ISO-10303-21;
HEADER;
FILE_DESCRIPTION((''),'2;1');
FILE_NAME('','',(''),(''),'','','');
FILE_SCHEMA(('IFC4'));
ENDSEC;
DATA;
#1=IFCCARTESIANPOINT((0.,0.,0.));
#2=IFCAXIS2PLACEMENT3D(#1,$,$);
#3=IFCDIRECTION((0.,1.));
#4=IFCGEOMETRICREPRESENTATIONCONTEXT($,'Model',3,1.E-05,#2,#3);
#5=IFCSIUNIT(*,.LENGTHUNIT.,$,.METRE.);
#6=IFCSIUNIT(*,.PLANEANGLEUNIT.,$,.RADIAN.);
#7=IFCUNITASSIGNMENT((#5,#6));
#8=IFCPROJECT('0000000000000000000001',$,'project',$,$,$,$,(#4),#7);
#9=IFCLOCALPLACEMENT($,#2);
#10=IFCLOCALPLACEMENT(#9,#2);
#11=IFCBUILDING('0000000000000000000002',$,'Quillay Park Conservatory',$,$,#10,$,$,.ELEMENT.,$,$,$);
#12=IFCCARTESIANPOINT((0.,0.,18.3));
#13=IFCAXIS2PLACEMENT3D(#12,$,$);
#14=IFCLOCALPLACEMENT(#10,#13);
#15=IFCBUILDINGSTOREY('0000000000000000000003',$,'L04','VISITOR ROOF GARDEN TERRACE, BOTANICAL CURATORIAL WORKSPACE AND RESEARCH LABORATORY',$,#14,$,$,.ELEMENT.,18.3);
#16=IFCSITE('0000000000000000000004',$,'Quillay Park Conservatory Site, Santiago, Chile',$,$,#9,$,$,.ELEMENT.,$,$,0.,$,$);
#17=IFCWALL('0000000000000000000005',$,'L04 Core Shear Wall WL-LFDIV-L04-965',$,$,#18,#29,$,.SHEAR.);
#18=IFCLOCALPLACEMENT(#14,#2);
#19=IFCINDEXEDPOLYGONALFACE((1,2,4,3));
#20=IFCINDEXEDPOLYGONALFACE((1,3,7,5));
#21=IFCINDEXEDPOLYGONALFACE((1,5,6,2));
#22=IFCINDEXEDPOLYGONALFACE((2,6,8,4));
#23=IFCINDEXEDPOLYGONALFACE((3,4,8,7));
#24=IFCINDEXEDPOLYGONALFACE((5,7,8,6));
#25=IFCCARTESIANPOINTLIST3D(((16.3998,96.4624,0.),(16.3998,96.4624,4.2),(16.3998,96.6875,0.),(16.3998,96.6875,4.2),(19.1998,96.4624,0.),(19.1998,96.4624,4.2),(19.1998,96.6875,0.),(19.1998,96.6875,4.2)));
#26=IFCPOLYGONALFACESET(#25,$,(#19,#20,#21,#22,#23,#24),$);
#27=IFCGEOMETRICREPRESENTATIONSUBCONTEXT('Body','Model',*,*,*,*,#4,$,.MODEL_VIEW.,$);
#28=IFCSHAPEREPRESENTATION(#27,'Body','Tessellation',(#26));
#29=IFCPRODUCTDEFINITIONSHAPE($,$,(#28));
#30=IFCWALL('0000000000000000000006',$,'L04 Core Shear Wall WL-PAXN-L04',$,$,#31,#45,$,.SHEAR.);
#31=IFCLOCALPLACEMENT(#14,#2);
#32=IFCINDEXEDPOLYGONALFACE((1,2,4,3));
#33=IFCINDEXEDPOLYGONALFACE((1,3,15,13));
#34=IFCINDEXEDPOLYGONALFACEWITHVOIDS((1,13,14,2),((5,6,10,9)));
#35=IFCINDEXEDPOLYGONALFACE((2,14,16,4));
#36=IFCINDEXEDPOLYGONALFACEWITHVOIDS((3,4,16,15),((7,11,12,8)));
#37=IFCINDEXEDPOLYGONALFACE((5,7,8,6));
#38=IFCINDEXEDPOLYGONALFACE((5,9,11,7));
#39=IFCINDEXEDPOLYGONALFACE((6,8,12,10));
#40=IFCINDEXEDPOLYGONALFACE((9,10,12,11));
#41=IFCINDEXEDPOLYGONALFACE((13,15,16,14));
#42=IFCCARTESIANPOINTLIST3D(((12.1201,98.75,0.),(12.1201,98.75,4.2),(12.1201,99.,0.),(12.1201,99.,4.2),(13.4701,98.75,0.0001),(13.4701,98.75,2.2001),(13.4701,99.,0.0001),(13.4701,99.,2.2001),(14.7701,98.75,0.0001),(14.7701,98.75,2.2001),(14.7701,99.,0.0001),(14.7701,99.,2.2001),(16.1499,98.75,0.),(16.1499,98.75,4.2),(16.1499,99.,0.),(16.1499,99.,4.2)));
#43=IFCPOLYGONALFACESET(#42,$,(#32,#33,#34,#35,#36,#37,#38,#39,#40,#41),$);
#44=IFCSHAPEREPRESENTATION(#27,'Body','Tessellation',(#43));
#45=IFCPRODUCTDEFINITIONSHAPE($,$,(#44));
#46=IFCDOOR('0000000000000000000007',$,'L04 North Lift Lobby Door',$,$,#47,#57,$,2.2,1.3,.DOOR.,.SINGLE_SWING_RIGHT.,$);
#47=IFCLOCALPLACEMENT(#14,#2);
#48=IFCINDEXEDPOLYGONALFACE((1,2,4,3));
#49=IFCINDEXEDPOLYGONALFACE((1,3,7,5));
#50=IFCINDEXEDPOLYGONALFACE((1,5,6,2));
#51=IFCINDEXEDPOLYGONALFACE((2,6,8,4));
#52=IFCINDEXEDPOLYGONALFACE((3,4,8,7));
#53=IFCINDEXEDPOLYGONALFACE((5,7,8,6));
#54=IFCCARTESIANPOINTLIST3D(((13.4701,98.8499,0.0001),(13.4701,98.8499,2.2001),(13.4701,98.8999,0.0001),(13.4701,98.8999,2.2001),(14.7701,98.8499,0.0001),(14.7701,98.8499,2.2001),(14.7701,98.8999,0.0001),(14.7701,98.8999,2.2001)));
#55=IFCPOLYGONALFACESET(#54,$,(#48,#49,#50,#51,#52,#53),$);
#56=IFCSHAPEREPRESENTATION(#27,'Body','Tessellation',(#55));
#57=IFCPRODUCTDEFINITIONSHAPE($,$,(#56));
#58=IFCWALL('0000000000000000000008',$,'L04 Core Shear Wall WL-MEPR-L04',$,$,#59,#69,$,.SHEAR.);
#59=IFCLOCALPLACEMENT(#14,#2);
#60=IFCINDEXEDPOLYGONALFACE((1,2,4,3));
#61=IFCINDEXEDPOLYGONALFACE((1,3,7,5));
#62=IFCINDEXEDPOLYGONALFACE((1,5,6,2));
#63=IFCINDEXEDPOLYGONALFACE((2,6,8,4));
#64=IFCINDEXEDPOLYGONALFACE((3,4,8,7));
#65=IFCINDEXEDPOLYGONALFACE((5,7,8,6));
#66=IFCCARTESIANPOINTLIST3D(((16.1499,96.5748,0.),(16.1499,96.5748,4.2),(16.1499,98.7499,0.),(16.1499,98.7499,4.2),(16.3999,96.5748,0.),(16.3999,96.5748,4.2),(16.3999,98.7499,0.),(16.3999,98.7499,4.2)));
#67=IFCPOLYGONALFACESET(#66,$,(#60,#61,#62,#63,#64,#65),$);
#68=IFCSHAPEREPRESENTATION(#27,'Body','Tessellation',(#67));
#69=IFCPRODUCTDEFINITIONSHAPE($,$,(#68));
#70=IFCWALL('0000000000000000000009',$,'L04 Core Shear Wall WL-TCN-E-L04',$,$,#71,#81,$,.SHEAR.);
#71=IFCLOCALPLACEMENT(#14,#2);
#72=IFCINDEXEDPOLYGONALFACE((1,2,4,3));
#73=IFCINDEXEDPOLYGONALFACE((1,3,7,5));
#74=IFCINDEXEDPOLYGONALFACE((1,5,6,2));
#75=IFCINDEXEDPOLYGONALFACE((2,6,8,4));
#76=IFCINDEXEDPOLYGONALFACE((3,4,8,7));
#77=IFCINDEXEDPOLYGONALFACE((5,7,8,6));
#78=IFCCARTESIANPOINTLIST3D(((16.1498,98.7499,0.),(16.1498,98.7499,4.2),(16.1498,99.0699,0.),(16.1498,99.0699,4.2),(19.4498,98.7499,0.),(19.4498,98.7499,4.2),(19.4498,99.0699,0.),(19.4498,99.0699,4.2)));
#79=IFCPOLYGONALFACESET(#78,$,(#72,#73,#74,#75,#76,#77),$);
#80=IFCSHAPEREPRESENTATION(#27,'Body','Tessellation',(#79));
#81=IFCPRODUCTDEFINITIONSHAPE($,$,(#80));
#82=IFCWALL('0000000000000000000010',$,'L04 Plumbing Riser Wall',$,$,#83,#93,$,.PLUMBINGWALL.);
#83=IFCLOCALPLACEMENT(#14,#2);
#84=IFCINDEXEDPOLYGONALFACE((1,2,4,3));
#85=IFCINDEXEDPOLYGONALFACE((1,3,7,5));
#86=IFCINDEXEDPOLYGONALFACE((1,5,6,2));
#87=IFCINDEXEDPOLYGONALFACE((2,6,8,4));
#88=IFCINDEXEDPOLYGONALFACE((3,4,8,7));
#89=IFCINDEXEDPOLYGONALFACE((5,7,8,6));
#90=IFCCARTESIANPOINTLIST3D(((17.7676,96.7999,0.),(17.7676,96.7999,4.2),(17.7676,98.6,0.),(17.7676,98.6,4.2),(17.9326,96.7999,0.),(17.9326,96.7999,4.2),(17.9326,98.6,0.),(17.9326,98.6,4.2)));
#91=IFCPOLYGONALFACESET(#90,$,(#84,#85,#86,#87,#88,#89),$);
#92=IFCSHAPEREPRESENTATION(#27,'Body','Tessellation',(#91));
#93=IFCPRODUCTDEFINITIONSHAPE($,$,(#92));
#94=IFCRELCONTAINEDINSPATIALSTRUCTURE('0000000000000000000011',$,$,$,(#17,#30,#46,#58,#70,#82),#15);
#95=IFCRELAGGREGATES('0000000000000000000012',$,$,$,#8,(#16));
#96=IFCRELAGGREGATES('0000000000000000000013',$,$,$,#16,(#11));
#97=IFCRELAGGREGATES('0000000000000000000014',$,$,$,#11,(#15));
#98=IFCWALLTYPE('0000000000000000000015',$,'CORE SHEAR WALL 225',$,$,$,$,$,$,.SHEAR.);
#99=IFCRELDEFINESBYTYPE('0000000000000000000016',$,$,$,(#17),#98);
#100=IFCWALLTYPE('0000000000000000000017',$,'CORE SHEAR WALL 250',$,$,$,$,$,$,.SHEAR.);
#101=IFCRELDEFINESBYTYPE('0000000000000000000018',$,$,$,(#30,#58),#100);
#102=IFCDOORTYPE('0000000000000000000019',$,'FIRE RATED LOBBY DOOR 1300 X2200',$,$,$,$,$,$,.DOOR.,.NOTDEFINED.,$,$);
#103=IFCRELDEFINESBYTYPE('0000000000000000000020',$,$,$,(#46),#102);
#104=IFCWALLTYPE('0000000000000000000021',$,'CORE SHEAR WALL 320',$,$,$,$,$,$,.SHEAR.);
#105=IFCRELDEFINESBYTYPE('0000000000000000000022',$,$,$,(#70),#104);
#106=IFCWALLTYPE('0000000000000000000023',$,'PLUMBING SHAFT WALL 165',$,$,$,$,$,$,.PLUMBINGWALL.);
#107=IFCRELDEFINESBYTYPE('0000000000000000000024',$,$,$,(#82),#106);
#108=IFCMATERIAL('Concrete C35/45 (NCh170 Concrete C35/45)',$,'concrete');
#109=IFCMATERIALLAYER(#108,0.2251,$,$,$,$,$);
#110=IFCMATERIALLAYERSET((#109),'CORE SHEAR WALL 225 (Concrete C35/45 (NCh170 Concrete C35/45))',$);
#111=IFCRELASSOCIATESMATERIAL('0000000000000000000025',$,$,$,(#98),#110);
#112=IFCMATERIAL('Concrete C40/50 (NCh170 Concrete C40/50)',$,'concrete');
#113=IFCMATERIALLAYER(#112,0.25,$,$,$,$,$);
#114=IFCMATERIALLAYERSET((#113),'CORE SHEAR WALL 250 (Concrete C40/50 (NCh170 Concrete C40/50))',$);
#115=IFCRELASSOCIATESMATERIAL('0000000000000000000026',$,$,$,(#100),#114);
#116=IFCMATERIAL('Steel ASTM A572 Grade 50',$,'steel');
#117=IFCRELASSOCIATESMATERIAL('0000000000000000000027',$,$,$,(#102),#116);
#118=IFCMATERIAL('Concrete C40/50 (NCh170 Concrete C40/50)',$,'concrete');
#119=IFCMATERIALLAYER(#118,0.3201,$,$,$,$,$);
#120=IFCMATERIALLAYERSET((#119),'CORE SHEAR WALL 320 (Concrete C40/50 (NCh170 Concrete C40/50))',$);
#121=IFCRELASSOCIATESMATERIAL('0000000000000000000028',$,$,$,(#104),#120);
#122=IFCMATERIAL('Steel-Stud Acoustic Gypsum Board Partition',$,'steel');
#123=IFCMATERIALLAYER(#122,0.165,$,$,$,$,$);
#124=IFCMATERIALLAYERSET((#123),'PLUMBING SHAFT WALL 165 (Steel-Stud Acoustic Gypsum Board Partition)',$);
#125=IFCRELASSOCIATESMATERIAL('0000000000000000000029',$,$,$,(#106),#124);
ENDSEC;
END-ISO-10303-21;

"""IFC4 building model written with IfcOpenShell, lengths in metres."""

from ifc_helpers import new_model, si_unit, direction, frame, frame_2d, origin, place, context, subcontext, project, spatial, rectangle, extrude, material, layer, layer_set, type_object, element, fill, save


model = new_model("IFC4")

# Units and contexts
model_context = context("Model", 3, precision=1e-05, world=origin(), true_north=direction((0.0, 1.0)))
body_context = subcontext(model_context, "Body", "Model", "MODEL_VIEW")
ifc_project = project(units=[si_unit("LENGTHUNIT", "METRE"), si_unit("PLANEANGLEUNIT", "RADIAN")], contexts=[model_context])

# Site, building, storey
site_placement = place(None, origin())
site = spatial("IfcSite", under=ifc_project, at=site_placement, Name="Quillay Park Conservatory Site, Santiago, Chile", CompositionType="ELEMENT", RefElevation=0.0)
building_placement = place(site_placement, origin())
building = spatial("IfcBuilding", under=site, at=building_placement, Name="Quillay Park Conservatory", CompositionType="ELEMENT")
storey_placement = place(building_placement, frame((0.0, 0.0, 18.3)))
storey = spatial("IfcBuildingStorey", under=building, at=storey_placement, Name="L04", Description="VISITOR ROOF GARDEN TERRACE, BOTANICAL CURATORIAL WORKSPACE AND RESEARCH LABORATORY", CompositionType="ELEMENT", Elevation=18.3)

# Wall
ifc_material_1 = material(Name="Concrete C35/45 (NCh170 Concrete C35/45)", Category="concrete")
ifc_layer_1 = layer(ifc_material_1, 0.2251)
ifc_layer_set_1 = layer_set([ifc_layer_1], Name="CORE SHEAR WALL 225 (Concrete C35/45 (NCh170 Concrete C35/45))")
wall_type_1 = type_object("IfcWallType", Name="CORE SHEAR WALL 225", PredefinedType="SHEAR", material=ifc_layer_set_1)
for number, where, z_axis, x_axis, name in (
    (1, (16.3999, 96.575, 0.0), (0.0, 0.0, 1.0), (1.0, 0.0, 0.0), "L04 Core Shear Wall WL-LFDIV-L04-965"),
):
    element("IfcWall", number, at=place(storey_placement, frame(where, z_axis=z_axis, x_axis=x_axis)), inside=storey, type_object=wall_type_1, Name=name, PredefinedType="SHEAR", context=body_context, shape_type="SweptSolid", body=[
        extrude(rectangle(XDim=2.8, YDim=0.2251, at=frame_2d((1.3999, 0.0))), origin(), (0.0, 0.0, 1.0), 4.2),
    ])

# Wall, opening, door
ifc_material_2 = material(Name="Concrete C40/50 (NCh170 Concrete C40/50)", Category="concrete")
ifc_layer_2 = layer(ifc_material_2, 0.25)
ifc_layer_set_2 = layer_set([ifc_layer_2], Name="CORE SHEAR WALL 250 (Concrete C40/50 (NCh170 Concrete C40/50))")
wall_type_2 = type_object("IfcWallType", Name="CORE SHEAR WALL 250", PredefinedType="SHEAR", material=ifc_layer_set_2)
wall_1_placement = place(storey_placement, frame((12.1201, 98.875, 0.0), z_axis=(0.0, 0.0, 1.0), x_axis=(1.0, 0.0, 0.0)))
wall_1 = element("IfcWall", 2, at=wall_1_placement, inside=storey, type_object=wall_type_2, Name="L04 Core Shear Wall WL-PAXN-L04", PredefinedType="SHEAR", context=body_context, shape_type="SweptSolid", body=[
    extrude(rectangle(XDim=4.0298, YDim=0.25, at=frame_2d((2.0149, 0.0))), origin(), (0.0, 0.0, 1.0), 4.2),
])
opening_1_placement = place(wall_1_placement, frame((1.3501, 0.0, 0.0)))
opening_1 = element("IfcOpeningElement", 3, at=opening_1_placement, cuts=wall_1, PredefinedType="OPENING", context=body_context, shape_type="SweptSolid", body=[
    extrude(rectangle(XDim=1.3, YDim=2.2, at=frame_2d((0.6499, 1.1001))), frame((0.0, 0.125, 0.0), z_axis=(0.0, -1.0, 0.0), x_axis=(1.0, 0.0, 0.0)), (0.0, 0.0, 1.0), 0.25),
])
ifc_material_3 = material(Name="Steel ASTM A572 Grade 50", Category="steel")
door_type_1 = type_object("IfcDoorType", Name="FIRE RATED LOBBY DOOR 1300 X2200", OperationType="NOTDEFINED", PredefinedType="DOOR", material=ifc_material_3)
door_1_placement = place(opening_1_placement, origin())
door_1 = element("IfcDoor", 4, at=door_1_placement, inside=storey, type_object=door_type_1, Name="L04 North Lift Lobby Door", OperationType="SINGLE_SWING_RIGHT", OverallHeight=2.2, OverallWidth=1.3, PredefinedType="DOOR", context=body_context, shape_type="SweptSolid", body=[
    extrude(rectangle(XDim=1.3, YDim=2.2, at=frame_2d((0.6499, 1.1001))), frame((0.0, 0.0249, 0.0), z_axis=(0.0, -1.0, 0.0), x_axis=(1.0, 0.0, 0.0)), (0.0, 0.0, 1.0), 0.05),
])
fill(opening_1, door_1)

# Walls
wall_2_placement = place(storey_placement, frame((16.2749, 96.575, 0.0), z_axis=(0.0, 0.0, 1.0), x_axis=(0.0, 1.0, 0.0)))
element("IfcWall", 5, at=wall_2_placement, inside=storey, type_object=wall_type_2, Name="L04 Core Shear Wall WL-MEPR-L04", PredefinedType="SHEAR", context=body_context, shape_type="SweptSolid", body=[
    extrude(rectangle(XDim=2.175, YDim=0.25, at=frame_2d((1.0874, 0.0))), origin(), (0.0, 0.0, 1.0), 4.2),
])
ifc_material_4 = material(Name="Concrete C40/50 (NCh170 Concrete C40/50)", Category="concrete")
ifc_layer_3 = layer(ifc_material_4, 0.3201)
ifc_layer_set_3 = layer_set([ifc_layer_3], Name="CORE SHEAR WALL 320 (Concrete C40/50 (NCh170 Concrete C40/50))")
wall_type_3 = type_object("IfcWallType", Name="CORE SHEAR WALL 320", PredefinedType="SHEAR", material=ifc_layer_set_3)
wall_3_placement = place(storey_placement, frame((16.1499, 98.9099, 0.0), z_axis=(0.0, 0.0, 1.0), x_axis=(1.0, 0.0, 0.0)))
element("IfcWall", 6, at=wall_3_placement, inside=storey, type_object=wall_type_3, Name="L04 Core Shear Wall WL-TCN-E-L04", PredefinedType="SHEAR", context=body_context, shape_type="SweptSolid", body=[
    extrude(rectangle(XDim=3.3, YDim=0.3201, at=frame_2d((1.6499, 0.0))), origin(), (0.0, 0.0, 1.0), 4.2),
])
ifc_material_5 = material(Name="Steel-Stud Acoustic Gypsum Board Partition", Category="steel")
ifc_layer_4 = layer(ifc_material_5, 0.165)
ifc_layer_set_4 = layer_set([ifc_layer_4], Name="PLUMBING SHAFT WALL 165 (Steel-Stud Acoustic Gypsum Board Partition)")
wall_type_4 = type_object("IfcWallType", Name="PLUMBING SHAFT WALL 165", PredefinedType="PLUMBINGWALL", material=ifc_layer_set_4)
wall_4_placement = place(storey_placement, frame((17.8501, 96.8, 0.0), z_axis=(0.0, 0.0, 1.0), x_axis=(0.0, 1.0, 0.0)))
element("IfcWall", 7, at=wall_4_placement, inside=storey, type_object=wall_type_4, Name="L04 Plumbing Riser Wall", PredefinedType="PLUMBINGWALL", context=body_context, shape_type="SweptSolid", body=[
    extrude(rectangle(XDim=1.8, YDim=0.165, at=frame_2d((0.8999, 0.0))), origin(), (0.0, 0.0, 1.0), 4.2),
])

save(model, "model.ifc")
